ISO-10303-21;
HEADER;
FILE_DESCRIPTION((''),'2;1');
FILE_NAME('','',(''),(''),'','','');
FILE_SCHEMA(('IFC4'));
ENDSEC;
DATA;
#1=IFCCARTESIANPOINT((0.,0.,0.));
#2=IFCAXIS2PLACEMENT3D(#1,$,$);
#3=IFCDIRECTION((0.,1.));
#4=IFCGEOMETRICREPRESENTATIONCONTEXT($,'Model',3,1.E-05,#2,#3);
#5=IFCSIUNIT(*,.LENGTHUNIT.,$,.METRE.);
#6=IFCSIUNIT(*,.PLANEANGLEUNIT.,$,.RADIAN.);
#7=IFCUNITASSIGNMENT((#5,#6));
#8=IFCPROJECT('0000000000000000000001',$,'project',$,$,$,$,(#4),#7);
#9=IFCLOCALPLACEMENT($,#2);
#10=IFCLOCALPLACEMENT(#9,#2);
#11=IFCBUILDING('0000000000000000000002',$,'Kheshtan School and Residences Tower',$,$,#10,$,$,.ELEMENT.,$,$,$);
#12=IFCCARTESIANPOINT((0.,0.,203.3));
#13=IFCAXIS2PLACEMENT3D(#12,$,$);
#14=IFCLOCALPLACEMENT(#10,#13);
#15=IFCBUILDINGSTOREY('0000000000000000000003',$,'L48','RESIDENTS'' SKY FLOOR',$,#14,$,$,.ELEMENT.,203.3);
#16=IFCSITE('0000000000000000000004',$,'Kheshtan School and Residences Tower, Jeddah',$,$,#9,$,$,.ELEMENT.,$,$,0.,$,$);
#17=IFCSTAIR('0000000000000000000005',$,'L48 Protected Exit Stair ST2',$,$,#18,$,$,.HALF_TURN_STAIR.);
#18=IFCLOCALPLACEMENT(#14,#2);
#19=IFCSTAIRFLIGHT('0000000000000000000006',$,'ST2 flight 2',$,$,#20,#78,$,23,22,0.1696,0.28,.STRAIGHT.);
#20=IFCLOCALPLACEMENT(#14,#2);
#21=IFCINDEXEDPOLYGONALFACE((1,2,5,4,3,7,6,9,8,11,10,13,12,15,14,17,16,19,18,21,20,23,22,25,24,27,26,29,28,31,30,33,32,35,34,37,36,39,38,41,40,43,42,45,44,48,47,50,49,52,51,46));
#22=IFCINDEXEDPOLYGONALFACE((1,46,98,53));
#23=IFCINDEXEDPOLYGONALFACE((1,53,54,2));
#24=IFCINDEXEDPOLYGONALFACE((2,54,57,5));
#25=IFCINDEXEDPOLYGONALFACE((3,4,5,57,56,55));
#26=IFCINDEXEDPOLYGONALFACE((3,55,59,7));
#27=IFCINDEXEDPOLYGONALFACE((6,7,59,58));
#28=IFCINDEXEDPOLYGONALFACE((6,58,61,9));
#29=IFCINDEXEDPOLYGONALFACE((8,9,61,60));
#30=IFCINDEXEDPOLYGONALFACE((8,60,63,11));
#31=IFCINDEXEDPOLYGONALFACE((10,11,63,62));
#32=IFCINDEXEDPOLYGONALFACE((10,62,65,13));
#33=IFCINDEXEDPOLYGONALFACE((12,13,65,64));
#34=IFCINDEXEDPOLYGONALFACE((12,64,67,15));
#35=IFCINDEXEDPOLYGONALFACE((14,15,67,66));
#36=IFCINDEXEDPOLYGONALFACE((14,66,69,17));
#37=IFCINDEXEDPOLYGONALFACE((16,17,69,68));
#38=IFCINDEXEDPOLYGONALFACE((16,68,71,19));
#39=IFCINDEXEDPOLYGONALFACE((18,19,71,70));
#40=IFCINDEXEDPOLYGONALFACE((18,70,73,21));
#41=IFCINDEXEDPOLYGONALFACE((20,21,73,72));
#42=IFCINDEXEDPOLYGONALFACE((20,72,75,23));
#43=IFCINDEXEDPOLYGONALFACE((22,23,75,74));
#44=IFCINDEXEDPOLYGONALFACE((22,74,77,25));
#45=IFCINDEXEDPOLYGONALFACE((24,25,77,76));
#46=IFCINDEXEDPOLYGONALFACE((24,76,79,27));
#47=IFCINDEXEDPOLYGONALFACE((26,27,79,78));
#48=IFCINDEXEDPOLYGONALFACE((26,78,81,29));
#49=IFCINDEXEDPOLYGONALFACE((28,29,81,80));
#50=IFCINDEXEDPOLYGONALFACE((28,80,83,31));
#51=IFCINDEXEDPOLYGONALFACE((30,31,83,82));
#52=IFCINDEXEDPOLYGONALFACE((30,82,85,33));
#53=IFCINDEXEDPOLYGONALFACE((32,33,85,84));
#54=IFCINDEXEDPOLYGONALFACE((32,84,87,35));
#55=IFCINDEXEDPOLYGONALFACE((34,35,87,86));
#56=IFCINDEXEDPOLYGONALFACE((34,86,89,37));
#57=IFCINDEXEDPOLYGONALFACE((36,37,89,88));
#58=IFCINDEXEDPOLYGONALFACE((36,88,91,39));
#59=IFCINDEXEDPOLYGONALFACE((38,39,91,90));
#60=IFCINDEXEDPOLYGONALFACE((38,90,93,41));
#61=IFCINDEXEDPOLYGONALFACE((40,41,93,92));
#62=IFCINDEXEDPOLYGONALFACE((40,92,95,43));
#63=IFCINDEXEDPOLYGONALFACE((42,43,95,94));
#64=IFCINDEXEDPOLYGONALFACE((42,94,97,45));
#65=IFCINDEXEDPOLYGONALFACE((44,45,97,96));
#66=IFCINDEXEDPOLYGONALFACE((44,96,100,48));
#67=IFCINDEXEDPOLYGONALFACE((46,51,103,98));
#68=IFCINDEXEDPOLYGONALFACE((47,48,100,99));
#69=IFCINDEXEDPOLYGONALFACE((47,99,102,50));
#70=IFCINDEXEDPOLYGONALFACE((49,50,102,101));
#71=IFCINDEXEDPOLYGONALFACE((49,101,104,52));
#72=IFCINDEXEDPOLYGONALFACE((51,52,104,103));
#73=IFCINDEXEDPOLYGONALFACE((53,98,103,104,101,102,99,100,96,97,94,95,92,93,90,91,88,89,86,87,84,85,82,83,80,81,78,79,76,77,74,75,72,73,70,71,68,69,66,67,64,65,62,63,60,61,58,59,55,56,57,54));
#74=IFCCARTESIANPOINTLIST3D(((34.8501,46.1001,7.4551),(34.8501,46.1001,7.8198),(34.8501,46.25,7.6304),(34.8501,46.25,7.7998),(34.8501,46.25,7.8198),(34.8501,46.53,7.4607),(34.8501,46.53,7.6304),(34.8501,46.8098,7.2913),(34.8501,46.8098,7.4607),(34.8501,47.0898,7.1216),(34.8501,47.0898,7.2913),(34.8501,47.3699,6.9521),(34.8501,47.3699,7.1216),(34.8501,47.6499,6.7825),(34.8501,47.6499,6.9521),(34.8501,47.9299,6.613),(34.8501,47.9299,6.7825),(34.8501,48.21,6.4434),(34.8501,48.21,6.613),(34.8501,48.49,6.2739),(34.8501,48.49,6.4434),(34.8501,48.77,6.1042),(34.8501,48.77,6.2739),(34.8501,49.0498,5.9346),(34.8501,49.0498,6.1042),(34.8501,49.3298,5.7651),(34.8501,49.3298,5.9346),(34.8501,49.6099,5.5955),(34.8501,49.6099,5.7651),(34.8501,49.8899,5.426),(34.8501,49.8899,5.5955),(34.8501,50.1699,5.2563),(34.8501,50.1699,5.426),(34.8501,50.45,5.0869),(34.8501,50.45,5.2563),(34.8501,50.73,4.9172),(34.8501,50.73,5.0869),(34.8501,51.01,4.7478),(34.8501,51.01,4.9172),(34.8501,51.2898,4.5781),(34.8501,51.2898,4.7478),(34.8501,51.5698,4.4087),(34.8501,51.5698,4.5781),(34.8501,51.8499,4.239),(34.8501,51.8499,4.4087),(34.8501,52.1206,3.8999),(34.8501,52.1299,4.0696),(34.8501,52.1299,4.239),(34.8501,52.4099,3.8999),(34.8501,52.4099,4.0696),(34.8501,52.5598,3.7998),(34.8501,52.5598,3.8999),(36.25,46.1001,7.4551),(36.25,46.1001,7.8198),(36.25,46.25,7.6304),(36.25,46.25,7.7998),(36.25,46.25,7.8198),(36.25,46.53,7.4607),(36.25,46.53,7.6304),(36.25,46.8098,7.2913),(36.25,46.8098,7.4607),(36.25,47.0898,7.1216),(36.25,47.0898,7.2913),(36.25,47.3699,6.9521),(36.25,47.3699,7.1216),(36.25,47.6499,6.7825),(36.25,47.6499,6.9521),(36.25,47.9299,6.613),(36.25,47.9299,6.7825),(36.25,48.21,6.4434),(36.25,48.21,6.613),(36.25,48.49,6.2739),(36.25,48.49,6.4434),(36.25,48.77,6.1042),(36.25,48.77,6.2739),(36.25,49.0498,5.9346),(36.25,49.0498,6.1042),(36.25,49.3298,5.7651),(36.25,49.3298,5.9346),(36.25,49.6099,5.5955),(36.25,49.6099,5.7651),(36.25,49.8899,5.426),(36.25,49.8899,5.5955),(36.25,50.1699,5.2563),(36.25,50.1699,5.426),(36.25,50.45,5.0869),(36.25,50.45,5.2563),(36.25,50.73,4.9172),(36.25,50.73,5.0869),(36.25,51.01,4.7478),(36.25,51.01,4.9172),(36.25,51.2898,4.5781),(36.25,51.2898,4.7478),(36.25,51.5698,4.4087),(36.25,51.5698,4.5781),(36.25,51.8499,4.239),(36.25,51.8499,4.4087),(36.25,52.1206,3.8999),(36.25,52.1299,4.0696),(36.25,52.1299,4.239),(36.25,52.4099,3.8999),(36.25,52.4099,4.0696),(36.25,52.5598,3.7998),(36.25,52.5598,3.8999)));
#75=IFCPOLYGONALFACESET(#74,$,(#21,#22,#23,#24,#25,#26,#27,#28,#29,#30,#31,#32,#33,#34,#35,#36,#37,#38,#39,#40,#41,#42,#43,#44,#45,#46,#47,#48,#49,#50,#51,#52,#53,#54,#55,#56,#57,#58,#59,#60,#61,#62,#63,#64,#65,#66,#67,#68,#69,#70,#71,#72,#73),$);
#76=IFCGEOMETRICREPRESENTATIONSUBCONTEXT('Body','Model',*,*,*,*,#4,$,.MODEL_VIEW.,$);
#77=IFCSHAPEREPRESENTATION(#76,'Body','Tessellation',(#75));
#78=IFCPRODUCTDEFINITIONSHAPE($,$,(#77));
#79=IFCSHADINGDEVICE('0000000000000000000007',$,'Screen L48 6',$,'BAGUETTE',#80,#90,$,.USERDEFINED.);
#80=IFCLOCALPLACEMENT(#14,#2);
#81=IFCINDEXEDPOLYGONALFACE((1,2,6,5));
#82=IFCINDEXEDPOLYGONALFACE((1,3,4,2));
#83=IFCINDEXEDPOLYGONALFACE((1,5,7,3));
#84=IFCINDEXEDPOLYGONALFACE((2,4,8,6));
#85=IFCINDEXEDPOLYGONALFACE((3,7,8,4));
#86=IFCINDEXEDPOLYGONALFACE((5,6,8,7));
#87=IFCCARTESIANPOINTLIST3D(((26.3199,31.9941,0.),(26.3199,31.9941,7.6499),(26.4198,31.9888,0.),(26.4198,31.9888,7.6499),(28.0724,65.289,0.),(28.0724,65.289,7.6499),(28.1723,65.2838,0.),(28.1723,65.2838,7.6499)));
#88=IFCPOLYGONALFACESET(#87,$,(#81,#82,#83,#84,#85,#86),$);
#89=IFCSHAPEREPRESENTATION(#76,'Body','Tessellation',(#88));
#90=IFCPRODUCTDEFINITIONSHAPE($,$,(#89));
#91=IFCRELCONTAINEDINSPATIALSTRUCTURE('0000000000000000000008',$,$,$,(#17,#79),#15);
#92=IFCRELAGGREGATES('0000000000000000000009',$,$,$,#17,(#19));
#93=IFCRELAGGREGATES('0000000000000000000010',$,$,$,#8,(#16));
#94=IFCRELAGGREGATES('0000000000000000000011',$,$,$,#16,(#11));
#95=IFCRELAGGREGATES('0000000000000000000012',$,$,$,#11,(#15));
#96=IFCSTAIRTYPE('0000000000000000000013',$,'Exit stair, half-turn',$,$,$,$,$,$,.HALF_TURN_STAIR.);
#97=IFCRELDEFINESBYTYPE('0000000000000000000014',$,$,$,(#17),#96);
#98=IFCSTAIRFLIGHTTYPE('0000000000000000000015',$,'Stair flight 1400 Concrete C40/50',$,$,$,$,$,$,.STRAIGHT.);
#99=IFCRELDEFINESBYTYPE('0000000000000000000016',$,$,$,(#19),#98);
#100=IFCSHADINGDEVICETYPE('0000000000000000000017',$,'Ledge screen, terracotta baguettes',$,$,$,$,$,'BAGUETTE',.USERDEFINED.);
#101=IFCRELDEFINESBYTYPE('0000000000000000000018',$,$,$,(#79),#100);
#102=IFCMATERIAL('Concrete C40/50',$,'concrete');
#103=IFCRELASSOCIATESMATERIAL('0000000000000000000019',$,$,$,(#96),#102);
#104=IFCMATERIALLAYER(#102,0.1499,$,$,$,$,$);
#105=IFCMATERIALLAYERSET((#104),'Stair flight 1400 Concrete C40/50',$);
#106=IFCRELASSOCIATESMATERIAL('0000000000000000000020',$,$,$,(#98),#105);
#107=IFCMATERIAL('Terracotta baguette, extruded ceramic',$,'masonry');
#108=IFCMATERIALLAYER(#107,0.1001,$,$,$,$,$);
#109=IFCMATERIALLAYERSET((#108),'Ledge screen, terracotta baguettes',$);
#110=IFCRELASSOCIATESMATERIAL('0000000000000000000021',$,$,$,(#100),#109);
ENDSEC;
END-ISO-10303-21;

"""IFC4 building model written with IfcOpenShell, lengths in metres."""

from ifc_helpers import new_model, si_unit, direction, frame, origin, origin_2d, place, context, subcontext, project, spatial, polyline, rectangle, outline, extrude, material, layer, layer_set, type_object, element, aggregate, save


model = new_model("IFC4")

# Units and contexts
model_context = context("Model", 3, precision=1e-05, world=origin(), true_north=direction((0.0, 1.0)))
body_context = subcontext(model_context, "Body", "Model", "MODEL_VIEW")
ifc_project = project(units=[si_unit("LENGTHUNIT", "METRE"), si_unit("PLANEANGLEUNIT", "RADIAN")], contexts=[model_context])

# Site, building, storey
site_placement = place(None, origin())
site = spatial("IfcSite", under=ifc_project, at=site_placement, Name="Kheshtan School and Residences Tower, Jeddah", CompositionType="ELEMENT", RefElevation=0.0)
building_placement = place(site_placement, origin())
building = spatial("IfcBuilding", under=site, at=building_placement, Name="Kheshtan School and Residences Tower", CompositionType="ELEMENT")
storey_placement = place(building_placement, frame((0.0, 0.0, 203.3)))
storey = spatial("IfcBuildingStorey", under=building, at=storey_placement, Name="L48", Description="RESIDENTS' SKY FLOOR", CompositionType="ELEMENT", Elevation=203.3)

# Shared definitions
ifc_material_1 = material(Name="Concrete C40/50", Category="concrete")

# Stair, stair flight
stair_type = type_object("IfcStairType", Name="Exit stair, half-turn", PredefinedType="HALF_TURN_STAIR", material=ifc_material_1)
stair_placement = place(storey_placement, origin())
stair = element("IfcStair", 1, at=stair_placement, inside=storey, type_object=stair_type, Name="L48 Protected Exit Stair ST2", PredefinedType="HALF_TURN_STAIR")
ifc_layer_1 = layer(ifc_material_1, 0.1499)
ifc_layer_set_1 = layer_set([ifc_layer_1], Name="Stair flight 1400 Concrete C40/50")
stair_flight_type = type_object("IfcStairFlightType", Name="Stair flight 1400 Concrete C40/50", PredefinedType="STRAIGHT", material=ifc_layer_set_1)
stair_flight_placement = place(storey_placement, frame((35.55, 52.4099, 3.8999), z_axis=(0.0, 0.0, 1.0), x_axis=(0.0, -1.0, 0.0)))
stair_flight = element("IfcStairFlight", 2, at=stair_flight_placement, type_object=stair_flight_type, Name="ST2 flight 2", NumberOfRisers=23, NumberOfTreads=22, PredefinedType="STRAIGHT", RiserHeight=0.1696, TreadLength=0.28, context=body_context, shape_type="SweptSolid", body=[
    extrude(outline(polyline([(-0.1499, -0.1001), (-0.1499, 0.0), (0.0, 0.0), (0.0, 0.1697), (0.28, 0.1697), (0.28, 0.3391), (0.5601, 0.3391), (0.5601, 0.5088), (0.8401, 0.5088), (0.8401, 0.6782), (1.1201, 0.6782), (1.1201, 0.8479), (1.3999, 0.8479), (1.3999, 1.0173), (1.6799, 1.0173), (1.6799, 1.187), (1.96, 1.187), (1.96, 1.3564), (2.24, 1.3564), (2.24, 1.5261), (2.52, 1.5261), (2.52, 1.6956), (2.8, 1.6956), (2.8, 1.8652), (3.0801, 1.8652), (3.0801, 2.0347), (3.3601, 2.0347), (3.3601, 2.2043), (3.6399, 2.2043), (3.6399, 2.374), (3.9199, 2.374), (3.9199, 2.5435), (4.2, 2.5435), (4.2, 2.7131), (4.48, 2.7131), (4.48, 2.8826), (4.76, 2.8826), (4.76, 3.0522), (5.04, 3.0522), (5.04, 3.2217), (5.3201, 3.2217), (5.3201, 3.3914), (5.6001, 3.3914), (5.6001, 3.5608), (5.8799, 3.5608), (5.8799, 3.7305), (6.1599, 3.7305), (6.1599, 3.8999), (6.1599, 3.9199), (6.3098, 3.9199), (6.3098, 3.5552), (0.2893, 0.0), (-0.1499, -0.1001)])), frame((0.0, 0.7, 0.0), z_axis=(0.0, -1.0, 0.0), x_axis=(1.0, 0.0, 0.0)), (0.0, 0.0, 1.0), 1.3999),
])
aggregate(stair, [stair_flight])

# Shading device
ifc_material_2 = material(Name="Terracotta baguette, extruded ceramic", Category="masonry")
ifc_layer_2 = layer(ifc_material_2, 0.1001)
ifc_layer_set_2 = layer_set([ifc_layer_2], Name="Ledge screen, terracotta baguettes")
shading_device_type = type_object("IfcShadingDeviceType", Name="Ledge screen, terracotta baguettes", ElementType="BAGUETTE", PredefinedType="USERDEFINED", material=ifc_layer_set_2)
shading_device_placement = place(storey_placement, frame((27.2461, 48.6389, 0.0), z_axis=(0.0, 0.0, 1.0), x_axis=(0.052563, 0.998618, 0.0)))
element("IfcShadingDevice", 3, at=shading_device_placement, inside=storey, type_object=shading_device_type, Name="Screen L48 6", ObjectType="BAGUETTE", PredefinedType="USERDEFINED", context=body_context, shape_type="SweptSolid", body=[
    extrude(rectangle(XDim=33.3411, YDim=0.1001, at=origin_2d()), origin(), (0.0, 0.0, 1.0), 7.6499),
])

save(model, "model.ifc")
